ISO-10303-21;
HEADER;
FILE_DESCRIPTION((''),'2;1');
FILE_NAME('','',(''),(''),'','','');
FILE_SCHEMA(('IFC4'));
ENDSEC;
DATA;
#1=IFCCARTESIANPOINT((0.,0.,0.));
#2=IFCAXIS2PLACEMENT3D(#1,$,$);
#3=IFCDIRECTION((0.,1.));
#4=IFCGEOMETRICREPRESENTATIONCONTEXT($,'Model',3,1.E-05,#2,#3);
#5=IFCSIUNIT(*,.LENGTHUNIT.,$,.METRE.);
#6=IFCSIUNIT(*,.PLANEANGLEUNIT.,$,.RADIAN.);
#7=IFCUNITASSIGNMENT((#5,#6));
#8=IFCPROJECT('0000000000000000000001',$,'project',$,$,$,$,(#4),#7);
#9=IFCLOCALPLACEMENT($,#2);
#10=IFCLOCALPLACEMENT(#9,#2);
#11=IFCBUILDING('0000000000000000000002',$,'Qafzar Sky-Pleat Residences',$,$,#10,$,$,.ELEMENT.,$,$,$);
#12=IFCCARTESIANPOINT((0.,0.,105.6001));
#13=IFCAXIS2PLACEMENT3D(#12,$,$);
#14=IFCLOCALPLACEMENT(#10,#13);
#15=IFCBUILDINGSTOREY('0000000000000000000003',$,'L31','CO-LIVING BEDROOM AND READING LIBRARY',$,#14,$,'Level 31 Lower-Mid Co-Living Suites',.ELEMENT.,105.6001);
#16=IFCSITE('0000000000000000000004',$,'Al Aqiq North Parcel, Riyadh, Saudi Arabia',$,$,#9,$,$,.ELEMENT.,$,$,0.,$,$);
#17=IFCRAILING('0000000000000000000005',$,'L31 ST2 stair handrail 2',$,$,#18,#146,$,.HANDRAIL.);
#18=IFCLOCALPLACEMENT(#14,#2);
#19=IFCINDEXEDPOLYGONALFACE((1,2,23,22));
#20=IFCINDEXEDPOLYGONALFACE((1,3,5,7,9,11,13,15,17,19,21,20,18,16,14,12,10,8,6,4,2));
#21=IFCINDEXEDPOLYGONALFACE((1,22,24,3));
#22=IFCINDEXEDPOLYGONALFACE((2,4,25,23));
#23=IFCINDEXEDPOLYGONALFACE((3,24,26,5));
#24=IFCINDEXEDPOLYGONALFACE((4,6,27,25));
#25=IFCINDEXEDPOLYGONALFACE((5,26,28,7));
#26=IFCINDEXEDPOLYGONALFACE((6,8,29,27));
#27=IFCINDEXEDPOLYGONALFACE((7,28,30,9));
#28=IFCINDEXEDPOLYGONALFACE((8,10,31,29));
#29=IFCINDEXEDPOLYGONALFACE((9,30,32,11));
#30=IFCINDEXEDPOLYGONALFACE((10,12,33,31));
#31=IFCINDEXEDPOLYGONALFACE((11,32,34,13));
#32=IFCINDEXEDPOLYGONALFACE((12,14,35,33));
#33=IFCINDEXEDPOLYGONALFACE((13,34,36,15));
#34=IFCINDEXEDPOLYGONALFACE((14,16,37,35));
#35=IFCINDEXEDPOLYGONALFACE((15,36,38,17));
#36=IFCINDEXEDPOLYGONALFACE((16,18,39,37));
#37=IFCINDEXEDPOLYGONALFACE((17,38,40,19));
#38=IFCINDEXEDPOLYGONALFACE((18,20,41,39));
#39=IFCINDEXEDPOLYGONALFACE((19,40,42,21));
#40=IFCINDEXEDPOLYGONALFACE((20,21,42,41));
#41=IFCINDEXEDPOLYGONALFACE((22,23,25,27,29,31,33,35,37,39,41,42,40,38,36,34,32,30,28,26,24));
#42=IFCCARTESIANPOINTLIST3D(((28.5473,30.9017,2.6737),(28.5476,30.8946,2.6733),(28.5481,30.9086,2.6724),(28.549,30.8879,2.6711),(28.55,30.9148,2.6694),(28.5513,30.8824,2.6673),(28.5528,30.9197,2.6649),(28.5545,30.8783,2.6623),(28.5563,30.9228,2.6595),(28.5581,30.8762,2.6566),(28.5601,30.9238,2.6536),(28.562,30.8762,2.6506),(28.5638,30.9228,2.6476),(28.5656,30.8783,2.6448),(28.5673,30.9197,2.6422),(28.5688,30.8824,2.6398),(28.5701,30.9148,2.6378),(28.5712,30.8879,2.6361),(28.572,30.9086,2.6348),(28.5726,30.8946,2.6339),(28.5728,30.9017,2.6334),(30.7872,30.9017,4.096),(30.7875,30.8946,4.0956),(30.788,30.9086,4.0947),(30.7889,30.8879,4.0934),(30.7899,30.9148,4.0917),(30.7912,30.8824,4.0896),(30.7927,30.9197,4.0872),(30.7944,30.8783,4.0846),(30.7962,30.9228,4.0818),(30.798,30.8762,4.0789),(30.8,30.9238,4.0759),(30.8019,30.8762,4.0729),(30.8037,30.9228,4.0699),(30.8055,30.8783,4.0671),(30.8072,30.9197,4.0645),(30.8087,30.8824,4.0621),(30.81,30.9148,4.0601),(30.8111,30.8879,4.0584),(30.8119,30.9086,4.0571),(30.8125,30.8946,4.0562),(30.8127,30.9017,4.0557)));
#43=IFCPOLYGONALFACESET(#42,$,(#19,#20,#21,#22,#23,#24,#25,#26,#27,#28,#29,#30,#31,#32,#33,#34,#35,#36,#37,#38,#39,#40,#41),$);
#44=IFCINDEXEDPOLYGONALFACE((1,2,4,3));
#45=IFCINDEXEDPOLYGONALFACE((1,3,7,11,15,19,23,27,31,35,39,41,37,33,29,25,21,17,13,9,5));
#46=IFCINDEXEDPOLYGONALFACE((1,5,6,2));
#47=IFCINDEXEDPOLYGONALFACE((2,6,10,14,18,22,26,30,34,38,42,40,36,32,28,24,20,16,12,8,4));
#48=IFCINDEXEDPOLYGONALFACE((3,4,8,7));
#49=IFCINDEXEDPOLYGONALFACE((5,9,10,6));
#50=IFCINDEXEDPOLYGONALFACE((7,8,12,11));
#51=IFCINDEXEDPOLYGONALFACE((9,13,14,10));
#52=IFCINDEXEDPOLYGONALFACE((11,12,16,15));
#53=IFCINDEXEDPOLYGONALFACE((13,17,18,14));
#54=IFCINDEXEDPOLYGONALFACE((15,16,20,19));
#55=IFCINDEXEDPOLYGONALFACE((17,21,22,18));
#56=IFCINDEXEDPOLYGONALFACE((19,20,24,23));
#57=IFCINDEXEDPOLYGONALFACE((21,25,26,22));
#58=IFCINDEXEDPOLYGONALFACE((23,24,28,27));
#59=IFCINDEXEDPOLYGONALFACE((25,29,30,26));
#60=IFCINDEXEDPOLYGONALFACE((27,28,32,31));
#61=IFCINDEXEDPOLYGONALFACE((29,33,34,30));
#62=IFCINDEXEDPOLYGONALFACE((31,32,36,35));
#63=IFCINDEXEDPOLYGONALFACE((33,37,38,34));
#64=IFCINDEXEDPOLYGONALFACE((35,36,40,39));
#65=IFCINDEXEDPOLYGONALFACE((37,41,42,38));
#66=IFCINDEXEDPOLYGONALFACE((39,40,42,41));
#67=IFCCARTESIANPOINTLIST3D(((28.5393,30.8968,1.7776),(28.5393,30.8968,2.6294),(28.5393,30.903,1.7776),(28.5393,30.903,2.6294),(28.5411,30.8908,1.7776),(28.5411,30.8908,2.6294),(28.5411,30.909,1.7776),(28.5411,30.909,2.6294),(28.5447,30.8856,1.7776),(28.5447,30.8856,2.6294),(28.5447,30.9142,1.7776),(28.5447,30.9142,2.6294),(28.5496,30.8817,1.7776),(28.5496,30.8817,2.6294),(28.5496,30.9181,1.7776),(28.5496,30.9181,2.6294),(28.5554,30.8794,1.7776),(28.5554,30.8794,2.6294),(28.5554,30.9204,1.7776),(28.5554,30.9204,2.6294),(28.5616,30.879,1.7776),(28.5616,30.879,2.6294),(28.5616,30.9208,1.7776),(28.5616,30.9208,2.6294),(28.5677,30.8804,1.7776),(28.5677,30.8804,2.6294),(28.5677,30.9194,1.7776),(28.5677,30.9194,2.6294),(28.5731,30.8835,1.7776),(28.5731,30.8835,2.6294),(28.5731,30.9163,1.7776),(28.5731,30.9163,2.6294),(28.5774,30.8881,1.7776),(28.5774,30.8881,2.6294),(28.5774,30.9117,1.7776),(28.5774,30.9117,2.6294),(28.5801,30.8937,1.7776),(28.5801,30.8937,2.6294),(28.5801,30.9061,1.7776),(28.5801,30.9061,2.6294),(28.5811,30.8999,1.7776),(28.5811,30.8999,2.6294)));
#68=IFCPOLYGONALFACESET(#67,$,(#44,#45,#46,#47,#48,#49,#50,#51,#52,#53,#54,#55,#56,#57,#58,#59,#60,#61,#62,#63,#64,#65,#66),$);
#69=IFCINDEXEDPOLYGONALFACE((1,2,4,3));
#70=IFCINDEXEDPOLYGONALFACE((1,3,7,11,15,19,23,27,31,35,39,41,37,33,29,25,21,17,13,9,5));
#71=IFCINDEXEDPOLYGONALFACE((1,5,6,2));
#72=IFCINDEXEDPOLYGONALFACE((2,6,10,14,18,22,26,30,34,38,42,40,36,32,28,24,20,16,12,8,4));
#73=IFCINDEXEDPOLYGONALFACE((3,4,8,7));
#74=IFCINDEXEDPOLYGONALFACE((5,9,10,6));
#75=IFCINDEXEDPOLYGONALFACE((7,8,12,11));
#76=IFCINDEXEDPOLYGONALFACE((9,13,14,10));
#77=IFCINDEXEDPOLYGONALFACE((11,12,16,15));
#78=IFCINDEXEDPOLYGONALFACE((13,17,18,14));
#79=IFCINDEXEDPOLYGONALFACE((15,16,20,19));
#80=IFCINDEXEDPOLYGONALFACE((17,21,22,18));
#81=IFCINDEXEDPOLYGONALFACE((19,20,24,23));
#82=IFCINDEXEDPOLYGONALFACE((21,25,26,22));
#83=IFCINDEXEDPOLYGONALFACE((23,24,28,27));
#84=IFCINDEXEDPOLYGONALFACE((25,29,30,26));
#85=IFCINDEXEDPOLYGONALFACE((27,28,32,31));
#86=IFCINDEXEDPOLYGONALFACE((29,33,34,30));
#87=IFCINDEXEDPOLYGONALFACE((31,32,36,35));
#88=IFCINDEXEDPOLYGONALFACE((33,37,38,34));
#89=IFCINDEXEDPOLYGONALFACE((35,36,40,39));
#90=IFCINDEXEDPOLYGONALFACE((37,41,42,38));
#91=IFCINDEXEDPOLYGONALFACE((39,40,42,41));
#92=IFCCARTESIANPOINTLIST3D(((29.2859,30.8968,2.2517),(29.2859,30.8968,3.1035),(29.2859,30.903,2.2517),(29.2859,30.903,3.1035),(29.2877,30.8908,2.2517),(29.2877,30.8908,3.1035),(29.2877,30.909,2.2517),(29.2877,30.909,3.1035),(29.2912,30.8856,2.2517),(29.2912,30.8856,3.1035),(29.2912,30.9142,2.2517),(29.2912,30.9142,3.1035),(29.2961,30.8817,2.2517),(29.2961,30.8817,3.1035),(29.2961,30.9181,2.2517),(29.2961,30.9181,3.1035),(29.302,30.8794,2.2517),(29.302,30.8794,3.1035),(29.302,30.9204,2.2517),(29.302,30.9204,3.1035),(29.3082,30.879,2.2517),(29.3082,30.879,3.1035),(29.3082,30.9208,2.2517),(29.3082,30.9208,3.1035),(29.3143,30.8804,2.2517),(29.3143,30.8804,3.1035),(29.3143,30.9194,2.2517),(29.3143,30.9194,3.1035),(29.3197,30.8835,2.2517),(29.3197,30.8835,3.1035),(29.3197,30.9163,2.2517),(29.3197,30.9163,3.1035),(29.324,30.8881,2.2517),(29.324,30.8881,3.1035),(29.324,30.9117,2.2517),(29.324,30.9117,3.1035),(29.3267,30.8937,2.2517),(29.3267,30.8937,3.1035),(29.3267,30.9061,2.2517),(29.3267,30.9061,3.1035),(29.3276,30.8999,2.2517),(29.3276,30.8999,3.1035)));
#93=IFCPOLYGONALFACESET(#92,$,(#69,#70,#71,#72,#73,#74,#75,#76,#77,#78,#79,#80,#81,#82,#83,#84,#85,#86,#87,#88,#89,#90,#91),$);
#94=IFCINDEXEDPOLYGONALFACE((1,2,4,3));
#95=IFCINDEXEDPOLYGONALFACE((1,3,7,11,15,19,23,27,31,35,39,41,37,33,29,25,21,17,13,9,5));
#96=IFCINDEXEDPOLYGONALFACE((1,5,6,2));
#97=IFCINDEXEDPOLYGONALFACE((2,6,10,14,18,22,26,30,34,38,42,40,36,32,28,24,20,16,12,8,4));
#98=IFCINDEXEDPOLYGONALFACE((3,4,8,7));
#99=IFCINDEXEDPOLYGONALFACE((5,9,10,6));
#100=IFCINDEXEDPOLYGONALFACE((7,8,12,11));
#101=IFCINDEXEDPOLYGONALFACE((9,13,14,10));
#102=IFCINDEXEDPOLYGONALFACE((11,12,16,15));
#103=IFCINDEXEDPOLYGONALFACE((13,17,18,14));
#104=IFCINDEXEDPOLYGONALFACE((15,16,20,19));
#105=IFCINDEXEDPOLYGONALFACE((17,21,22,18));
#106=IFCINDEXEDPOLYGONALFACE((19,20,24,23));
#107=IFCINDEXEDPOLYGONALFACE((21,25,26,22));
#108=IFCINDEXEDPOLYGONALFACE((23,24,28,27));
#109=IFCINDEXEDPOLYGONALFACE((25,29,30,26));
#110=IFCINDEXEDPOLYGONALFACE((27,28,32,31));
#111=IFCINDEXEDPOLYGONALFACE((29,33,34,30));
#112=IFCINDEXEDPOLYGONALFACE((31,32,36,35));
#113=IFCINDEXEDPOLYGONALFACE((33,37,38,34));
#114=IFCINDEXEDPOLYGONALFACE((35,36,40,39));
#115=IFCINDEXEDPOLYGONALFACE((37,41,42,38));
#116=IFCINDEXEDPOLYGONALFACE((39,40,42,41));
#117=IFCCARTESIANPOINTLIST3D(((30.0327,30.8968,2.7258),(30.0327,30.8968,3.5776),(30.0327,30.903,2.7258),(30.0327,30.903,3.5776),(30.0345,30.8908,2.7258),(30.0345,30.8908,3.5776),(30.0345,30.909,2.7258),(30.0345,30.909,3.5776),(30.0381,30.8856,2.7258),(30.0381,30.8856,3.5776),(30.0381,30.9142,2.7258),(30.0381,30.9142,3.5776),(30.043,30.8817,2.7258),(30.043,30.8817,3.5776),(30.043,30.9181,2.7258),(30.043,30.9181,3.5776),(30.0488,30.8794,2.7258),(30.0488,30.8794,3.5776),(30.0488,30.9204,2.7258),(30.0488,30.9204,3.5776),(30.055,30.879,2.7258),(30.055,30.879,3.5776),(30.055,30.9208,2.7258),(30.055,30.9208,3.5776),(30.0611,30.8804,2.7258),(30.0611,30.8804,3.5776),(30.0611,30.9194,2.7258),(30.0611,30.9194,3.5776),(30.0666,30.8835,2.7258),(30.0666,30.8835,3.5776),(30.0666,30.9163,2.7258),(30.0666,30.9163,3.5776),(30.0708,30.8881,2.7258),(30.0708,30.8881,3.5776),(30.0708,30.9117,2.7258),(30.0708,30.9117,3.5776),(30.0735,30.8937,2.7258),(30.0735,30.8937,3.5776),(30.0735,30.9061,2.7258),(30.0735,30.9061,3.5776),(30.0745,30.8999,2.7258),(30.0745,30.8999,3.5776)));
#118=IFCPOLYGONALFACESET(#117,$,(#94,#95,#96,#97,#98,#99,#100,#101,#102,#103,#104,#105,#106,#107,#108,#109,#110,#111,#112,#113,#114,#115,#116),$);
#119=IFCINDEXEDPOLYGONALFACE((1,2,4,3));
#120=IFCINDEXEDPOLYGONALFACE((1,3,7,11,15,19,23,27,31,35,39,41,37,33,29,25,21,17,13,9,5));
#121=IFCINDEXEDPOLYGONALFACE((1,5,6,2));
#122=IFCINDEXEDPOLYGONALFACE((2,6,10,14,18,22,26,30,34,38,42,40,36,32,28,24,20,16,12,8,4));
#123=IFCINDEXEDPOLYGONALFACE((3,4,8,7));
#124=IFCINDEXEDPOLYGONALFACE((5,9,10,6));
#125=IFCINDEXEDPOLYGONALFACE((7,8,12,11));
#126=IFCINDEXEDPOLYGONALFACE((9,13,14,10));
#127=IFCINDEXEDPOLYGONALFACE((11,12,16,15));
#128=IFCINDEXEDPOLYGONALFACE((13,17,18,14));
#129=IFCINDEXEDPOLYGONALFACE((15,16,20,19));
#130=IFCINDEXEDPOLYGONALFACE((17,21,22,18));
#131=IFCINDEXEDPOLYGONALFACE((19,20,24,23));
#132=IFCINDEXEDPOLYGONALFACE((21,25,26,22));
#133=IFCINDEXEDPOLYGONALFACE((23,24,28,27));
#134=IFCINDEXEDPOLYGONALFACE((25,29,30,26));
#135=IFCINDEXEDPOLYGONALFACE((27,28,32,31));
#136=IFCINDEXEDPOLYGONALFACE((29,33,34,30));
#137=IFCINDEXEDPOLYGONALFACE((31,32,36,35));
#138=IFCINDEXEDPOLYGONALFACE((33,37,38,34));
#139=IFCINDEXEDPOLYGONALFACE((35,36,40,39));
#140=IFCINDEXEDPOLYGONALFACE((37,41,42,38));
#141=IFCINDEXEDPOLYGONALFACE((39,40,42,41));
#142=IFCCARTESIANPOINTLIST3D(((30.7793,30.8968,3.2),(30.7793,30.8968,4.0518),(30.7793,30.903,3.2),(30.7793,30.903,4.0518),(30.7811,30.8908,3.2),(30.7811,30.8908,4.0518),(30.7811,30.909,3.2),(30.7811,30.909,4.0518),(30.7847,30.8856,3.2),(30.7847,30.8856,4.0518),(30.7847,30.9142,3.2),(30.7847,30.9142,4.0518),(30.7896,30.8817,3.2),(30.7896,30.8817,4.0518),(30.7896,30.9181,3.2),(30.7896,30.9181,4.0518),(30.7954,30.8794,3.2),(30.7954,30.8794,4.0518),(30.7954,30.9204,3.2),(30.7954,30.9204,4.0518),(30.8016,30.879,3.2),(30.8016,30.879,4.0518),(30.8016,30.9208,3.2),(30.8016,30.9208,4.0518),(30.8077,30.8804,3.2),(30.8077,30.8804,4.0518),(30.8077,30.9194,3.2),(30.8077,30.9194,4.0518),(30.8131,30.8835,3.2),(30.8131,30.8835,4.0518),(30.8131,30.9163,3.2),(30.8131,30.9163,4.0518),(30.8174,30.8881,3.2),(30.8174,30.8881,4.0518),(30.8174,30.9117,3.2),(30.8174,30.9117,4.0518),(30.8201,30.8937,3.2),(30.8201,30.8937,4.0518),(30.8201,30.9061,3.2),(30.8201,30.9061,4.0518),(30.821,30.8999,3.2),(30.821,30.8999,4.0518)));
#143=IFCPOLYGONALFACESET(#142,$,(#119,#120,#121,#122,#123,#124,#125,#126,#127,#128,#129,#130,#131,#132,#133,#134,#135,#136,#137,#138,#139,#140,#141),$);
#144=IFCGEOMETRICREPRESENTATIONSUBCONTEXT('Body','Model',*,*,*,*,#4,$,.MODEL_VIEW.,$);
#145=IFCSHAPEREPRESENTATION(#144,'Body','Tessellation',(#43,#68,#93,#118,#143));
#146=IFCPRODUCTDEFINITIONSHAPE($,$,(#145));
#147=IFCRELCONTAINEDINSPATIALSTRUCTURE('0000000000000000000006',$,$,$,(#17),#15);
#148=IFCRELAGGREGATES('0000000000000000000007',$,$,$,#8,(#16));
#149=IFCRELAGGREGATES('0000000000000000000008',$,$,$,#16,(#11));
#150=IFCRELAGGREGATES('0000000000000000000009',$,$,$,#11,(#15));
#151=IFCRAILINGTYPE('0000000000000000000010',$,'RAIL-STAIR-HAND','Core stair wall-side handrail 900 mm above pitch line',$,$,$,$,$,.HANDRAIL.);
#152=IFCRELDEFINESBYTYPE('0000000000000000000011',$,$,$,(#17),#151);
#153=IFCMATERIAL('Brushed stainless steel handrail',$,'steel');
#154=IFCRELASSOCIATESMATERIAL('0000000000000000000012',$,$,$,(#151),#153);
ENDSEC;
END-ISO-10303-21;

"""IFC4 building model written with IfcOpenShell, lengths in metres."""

from ifc_helpers import new_model, si_unit, direction, frame, origin, origin_2d, place, context, subcontext, project, spatial, circle, extrude, source, transform, mapped, material, type_object, element, save


model = new_model("IFC4")

# Units and contexts
model_context = context("Model", 3, precision=1e-05, world=origin(), true_north=direction((0.0, 1.0)))
body_context = subcontext(model_context, "Body", "Model", "MODEL_VIEW")
ifc_project = project(units=[si_unit("LENGTHUNIT", "METRE"), si_unit("PLANEANGLEUNIT", "RADIAN")], contexts=[model_context])

# Site, building, storey
site_placement = place(None, origin())
site = spatial("IfcSite", under=ifc_project, at=site_placement, Name="Al Aqiq North Parcel, Riyadh, Saudi Arabia", CompositionType="ELEMENT", RefElevation=0.0)
building_placement = place(site_placement, origin())
building = spatial("IfcBuilding", under=site, at=building_placement, Name="Qafzar Sky-Pleat Residences", CompositionType="ELEMENT")
storey_placement = place(building_placement, frame((0.0, 0.0, 105.6001)))
storey = spatial("IfcBuildingStorey", under=building, at=storey_placement, Name="L31", Description="CO-LIVING BEDROOM AND READING LIBRARY", LongName="Level 31 Lower-Mid Co-Living Suites", CompositionType="ELEMENT", Elevation=105.6001)

# Railing
ifc_material_1 = material(Name="Brushed stainless steel handrail", Category="steel")
railing_type_1 = type_object("IfcRailingType", Name="RAIL-STAIR-HAND", Description="Core stair wall-side handrail 900 mm above pitch line", PredefinedType="HANDRAIL", material=ifc_material_1)
shared_shape_1 = source(origin(), body_context, "Body", "SweptSolid", [
    extrude(circle(Radius=0.0239, at=origin_2d()), frame((0.0, 0.0, 0.876), z_axis=(0.844188, 0.0, 0.536048), x_axis=(0.0, 1.0, 0.0)), (0.0, 0.0, 1.0), 2.6533),
    extrude(circle(Radius=0.021, at=origin_2d()), origin(), (0.0, 0.0, 1.0), 0.8518),
    extrude(circle(Radius=0.021, at=origin_2d()), frame((0.7466, 0.0, 0.4741)), (0.0, 0.0, 1.0), 0.8518),
    extrude(circle(Radius=0.021, at=origin_2d()), frame((1.4934, 0.0, 0.9482)), (0.0, 0.0, 1.0), 0.8518),
    extrude(circle(Radius=0.021, at=origin_2d()), frame((2.24, 0.0, 1.4224)), (0.0, 0.0, 1.0), 0.8518),
])
railing_1_placement = place(storey_placement, frame((28.5601, 30.8999, 1.7776)))
element("IfcRailing", 1, at=railing_1_placement, inside=storey, type_object=railing_type_1, Name="L31 ST2 stair handrail 2", PredefinedType="HANDRAIL", context=body_context, shape_type="MappedRepresentation", body=[
    mapped(shared_shape_1, transform((0.0, 0.0, 0.0), x_axis=(1.0, 0.0, 0.0), y_axis=(0.0, 1.0, 0.0), z_axis=(0.0, 0.0, 1.0), scale=1.0)),
])

save(model, "model.ifc")
